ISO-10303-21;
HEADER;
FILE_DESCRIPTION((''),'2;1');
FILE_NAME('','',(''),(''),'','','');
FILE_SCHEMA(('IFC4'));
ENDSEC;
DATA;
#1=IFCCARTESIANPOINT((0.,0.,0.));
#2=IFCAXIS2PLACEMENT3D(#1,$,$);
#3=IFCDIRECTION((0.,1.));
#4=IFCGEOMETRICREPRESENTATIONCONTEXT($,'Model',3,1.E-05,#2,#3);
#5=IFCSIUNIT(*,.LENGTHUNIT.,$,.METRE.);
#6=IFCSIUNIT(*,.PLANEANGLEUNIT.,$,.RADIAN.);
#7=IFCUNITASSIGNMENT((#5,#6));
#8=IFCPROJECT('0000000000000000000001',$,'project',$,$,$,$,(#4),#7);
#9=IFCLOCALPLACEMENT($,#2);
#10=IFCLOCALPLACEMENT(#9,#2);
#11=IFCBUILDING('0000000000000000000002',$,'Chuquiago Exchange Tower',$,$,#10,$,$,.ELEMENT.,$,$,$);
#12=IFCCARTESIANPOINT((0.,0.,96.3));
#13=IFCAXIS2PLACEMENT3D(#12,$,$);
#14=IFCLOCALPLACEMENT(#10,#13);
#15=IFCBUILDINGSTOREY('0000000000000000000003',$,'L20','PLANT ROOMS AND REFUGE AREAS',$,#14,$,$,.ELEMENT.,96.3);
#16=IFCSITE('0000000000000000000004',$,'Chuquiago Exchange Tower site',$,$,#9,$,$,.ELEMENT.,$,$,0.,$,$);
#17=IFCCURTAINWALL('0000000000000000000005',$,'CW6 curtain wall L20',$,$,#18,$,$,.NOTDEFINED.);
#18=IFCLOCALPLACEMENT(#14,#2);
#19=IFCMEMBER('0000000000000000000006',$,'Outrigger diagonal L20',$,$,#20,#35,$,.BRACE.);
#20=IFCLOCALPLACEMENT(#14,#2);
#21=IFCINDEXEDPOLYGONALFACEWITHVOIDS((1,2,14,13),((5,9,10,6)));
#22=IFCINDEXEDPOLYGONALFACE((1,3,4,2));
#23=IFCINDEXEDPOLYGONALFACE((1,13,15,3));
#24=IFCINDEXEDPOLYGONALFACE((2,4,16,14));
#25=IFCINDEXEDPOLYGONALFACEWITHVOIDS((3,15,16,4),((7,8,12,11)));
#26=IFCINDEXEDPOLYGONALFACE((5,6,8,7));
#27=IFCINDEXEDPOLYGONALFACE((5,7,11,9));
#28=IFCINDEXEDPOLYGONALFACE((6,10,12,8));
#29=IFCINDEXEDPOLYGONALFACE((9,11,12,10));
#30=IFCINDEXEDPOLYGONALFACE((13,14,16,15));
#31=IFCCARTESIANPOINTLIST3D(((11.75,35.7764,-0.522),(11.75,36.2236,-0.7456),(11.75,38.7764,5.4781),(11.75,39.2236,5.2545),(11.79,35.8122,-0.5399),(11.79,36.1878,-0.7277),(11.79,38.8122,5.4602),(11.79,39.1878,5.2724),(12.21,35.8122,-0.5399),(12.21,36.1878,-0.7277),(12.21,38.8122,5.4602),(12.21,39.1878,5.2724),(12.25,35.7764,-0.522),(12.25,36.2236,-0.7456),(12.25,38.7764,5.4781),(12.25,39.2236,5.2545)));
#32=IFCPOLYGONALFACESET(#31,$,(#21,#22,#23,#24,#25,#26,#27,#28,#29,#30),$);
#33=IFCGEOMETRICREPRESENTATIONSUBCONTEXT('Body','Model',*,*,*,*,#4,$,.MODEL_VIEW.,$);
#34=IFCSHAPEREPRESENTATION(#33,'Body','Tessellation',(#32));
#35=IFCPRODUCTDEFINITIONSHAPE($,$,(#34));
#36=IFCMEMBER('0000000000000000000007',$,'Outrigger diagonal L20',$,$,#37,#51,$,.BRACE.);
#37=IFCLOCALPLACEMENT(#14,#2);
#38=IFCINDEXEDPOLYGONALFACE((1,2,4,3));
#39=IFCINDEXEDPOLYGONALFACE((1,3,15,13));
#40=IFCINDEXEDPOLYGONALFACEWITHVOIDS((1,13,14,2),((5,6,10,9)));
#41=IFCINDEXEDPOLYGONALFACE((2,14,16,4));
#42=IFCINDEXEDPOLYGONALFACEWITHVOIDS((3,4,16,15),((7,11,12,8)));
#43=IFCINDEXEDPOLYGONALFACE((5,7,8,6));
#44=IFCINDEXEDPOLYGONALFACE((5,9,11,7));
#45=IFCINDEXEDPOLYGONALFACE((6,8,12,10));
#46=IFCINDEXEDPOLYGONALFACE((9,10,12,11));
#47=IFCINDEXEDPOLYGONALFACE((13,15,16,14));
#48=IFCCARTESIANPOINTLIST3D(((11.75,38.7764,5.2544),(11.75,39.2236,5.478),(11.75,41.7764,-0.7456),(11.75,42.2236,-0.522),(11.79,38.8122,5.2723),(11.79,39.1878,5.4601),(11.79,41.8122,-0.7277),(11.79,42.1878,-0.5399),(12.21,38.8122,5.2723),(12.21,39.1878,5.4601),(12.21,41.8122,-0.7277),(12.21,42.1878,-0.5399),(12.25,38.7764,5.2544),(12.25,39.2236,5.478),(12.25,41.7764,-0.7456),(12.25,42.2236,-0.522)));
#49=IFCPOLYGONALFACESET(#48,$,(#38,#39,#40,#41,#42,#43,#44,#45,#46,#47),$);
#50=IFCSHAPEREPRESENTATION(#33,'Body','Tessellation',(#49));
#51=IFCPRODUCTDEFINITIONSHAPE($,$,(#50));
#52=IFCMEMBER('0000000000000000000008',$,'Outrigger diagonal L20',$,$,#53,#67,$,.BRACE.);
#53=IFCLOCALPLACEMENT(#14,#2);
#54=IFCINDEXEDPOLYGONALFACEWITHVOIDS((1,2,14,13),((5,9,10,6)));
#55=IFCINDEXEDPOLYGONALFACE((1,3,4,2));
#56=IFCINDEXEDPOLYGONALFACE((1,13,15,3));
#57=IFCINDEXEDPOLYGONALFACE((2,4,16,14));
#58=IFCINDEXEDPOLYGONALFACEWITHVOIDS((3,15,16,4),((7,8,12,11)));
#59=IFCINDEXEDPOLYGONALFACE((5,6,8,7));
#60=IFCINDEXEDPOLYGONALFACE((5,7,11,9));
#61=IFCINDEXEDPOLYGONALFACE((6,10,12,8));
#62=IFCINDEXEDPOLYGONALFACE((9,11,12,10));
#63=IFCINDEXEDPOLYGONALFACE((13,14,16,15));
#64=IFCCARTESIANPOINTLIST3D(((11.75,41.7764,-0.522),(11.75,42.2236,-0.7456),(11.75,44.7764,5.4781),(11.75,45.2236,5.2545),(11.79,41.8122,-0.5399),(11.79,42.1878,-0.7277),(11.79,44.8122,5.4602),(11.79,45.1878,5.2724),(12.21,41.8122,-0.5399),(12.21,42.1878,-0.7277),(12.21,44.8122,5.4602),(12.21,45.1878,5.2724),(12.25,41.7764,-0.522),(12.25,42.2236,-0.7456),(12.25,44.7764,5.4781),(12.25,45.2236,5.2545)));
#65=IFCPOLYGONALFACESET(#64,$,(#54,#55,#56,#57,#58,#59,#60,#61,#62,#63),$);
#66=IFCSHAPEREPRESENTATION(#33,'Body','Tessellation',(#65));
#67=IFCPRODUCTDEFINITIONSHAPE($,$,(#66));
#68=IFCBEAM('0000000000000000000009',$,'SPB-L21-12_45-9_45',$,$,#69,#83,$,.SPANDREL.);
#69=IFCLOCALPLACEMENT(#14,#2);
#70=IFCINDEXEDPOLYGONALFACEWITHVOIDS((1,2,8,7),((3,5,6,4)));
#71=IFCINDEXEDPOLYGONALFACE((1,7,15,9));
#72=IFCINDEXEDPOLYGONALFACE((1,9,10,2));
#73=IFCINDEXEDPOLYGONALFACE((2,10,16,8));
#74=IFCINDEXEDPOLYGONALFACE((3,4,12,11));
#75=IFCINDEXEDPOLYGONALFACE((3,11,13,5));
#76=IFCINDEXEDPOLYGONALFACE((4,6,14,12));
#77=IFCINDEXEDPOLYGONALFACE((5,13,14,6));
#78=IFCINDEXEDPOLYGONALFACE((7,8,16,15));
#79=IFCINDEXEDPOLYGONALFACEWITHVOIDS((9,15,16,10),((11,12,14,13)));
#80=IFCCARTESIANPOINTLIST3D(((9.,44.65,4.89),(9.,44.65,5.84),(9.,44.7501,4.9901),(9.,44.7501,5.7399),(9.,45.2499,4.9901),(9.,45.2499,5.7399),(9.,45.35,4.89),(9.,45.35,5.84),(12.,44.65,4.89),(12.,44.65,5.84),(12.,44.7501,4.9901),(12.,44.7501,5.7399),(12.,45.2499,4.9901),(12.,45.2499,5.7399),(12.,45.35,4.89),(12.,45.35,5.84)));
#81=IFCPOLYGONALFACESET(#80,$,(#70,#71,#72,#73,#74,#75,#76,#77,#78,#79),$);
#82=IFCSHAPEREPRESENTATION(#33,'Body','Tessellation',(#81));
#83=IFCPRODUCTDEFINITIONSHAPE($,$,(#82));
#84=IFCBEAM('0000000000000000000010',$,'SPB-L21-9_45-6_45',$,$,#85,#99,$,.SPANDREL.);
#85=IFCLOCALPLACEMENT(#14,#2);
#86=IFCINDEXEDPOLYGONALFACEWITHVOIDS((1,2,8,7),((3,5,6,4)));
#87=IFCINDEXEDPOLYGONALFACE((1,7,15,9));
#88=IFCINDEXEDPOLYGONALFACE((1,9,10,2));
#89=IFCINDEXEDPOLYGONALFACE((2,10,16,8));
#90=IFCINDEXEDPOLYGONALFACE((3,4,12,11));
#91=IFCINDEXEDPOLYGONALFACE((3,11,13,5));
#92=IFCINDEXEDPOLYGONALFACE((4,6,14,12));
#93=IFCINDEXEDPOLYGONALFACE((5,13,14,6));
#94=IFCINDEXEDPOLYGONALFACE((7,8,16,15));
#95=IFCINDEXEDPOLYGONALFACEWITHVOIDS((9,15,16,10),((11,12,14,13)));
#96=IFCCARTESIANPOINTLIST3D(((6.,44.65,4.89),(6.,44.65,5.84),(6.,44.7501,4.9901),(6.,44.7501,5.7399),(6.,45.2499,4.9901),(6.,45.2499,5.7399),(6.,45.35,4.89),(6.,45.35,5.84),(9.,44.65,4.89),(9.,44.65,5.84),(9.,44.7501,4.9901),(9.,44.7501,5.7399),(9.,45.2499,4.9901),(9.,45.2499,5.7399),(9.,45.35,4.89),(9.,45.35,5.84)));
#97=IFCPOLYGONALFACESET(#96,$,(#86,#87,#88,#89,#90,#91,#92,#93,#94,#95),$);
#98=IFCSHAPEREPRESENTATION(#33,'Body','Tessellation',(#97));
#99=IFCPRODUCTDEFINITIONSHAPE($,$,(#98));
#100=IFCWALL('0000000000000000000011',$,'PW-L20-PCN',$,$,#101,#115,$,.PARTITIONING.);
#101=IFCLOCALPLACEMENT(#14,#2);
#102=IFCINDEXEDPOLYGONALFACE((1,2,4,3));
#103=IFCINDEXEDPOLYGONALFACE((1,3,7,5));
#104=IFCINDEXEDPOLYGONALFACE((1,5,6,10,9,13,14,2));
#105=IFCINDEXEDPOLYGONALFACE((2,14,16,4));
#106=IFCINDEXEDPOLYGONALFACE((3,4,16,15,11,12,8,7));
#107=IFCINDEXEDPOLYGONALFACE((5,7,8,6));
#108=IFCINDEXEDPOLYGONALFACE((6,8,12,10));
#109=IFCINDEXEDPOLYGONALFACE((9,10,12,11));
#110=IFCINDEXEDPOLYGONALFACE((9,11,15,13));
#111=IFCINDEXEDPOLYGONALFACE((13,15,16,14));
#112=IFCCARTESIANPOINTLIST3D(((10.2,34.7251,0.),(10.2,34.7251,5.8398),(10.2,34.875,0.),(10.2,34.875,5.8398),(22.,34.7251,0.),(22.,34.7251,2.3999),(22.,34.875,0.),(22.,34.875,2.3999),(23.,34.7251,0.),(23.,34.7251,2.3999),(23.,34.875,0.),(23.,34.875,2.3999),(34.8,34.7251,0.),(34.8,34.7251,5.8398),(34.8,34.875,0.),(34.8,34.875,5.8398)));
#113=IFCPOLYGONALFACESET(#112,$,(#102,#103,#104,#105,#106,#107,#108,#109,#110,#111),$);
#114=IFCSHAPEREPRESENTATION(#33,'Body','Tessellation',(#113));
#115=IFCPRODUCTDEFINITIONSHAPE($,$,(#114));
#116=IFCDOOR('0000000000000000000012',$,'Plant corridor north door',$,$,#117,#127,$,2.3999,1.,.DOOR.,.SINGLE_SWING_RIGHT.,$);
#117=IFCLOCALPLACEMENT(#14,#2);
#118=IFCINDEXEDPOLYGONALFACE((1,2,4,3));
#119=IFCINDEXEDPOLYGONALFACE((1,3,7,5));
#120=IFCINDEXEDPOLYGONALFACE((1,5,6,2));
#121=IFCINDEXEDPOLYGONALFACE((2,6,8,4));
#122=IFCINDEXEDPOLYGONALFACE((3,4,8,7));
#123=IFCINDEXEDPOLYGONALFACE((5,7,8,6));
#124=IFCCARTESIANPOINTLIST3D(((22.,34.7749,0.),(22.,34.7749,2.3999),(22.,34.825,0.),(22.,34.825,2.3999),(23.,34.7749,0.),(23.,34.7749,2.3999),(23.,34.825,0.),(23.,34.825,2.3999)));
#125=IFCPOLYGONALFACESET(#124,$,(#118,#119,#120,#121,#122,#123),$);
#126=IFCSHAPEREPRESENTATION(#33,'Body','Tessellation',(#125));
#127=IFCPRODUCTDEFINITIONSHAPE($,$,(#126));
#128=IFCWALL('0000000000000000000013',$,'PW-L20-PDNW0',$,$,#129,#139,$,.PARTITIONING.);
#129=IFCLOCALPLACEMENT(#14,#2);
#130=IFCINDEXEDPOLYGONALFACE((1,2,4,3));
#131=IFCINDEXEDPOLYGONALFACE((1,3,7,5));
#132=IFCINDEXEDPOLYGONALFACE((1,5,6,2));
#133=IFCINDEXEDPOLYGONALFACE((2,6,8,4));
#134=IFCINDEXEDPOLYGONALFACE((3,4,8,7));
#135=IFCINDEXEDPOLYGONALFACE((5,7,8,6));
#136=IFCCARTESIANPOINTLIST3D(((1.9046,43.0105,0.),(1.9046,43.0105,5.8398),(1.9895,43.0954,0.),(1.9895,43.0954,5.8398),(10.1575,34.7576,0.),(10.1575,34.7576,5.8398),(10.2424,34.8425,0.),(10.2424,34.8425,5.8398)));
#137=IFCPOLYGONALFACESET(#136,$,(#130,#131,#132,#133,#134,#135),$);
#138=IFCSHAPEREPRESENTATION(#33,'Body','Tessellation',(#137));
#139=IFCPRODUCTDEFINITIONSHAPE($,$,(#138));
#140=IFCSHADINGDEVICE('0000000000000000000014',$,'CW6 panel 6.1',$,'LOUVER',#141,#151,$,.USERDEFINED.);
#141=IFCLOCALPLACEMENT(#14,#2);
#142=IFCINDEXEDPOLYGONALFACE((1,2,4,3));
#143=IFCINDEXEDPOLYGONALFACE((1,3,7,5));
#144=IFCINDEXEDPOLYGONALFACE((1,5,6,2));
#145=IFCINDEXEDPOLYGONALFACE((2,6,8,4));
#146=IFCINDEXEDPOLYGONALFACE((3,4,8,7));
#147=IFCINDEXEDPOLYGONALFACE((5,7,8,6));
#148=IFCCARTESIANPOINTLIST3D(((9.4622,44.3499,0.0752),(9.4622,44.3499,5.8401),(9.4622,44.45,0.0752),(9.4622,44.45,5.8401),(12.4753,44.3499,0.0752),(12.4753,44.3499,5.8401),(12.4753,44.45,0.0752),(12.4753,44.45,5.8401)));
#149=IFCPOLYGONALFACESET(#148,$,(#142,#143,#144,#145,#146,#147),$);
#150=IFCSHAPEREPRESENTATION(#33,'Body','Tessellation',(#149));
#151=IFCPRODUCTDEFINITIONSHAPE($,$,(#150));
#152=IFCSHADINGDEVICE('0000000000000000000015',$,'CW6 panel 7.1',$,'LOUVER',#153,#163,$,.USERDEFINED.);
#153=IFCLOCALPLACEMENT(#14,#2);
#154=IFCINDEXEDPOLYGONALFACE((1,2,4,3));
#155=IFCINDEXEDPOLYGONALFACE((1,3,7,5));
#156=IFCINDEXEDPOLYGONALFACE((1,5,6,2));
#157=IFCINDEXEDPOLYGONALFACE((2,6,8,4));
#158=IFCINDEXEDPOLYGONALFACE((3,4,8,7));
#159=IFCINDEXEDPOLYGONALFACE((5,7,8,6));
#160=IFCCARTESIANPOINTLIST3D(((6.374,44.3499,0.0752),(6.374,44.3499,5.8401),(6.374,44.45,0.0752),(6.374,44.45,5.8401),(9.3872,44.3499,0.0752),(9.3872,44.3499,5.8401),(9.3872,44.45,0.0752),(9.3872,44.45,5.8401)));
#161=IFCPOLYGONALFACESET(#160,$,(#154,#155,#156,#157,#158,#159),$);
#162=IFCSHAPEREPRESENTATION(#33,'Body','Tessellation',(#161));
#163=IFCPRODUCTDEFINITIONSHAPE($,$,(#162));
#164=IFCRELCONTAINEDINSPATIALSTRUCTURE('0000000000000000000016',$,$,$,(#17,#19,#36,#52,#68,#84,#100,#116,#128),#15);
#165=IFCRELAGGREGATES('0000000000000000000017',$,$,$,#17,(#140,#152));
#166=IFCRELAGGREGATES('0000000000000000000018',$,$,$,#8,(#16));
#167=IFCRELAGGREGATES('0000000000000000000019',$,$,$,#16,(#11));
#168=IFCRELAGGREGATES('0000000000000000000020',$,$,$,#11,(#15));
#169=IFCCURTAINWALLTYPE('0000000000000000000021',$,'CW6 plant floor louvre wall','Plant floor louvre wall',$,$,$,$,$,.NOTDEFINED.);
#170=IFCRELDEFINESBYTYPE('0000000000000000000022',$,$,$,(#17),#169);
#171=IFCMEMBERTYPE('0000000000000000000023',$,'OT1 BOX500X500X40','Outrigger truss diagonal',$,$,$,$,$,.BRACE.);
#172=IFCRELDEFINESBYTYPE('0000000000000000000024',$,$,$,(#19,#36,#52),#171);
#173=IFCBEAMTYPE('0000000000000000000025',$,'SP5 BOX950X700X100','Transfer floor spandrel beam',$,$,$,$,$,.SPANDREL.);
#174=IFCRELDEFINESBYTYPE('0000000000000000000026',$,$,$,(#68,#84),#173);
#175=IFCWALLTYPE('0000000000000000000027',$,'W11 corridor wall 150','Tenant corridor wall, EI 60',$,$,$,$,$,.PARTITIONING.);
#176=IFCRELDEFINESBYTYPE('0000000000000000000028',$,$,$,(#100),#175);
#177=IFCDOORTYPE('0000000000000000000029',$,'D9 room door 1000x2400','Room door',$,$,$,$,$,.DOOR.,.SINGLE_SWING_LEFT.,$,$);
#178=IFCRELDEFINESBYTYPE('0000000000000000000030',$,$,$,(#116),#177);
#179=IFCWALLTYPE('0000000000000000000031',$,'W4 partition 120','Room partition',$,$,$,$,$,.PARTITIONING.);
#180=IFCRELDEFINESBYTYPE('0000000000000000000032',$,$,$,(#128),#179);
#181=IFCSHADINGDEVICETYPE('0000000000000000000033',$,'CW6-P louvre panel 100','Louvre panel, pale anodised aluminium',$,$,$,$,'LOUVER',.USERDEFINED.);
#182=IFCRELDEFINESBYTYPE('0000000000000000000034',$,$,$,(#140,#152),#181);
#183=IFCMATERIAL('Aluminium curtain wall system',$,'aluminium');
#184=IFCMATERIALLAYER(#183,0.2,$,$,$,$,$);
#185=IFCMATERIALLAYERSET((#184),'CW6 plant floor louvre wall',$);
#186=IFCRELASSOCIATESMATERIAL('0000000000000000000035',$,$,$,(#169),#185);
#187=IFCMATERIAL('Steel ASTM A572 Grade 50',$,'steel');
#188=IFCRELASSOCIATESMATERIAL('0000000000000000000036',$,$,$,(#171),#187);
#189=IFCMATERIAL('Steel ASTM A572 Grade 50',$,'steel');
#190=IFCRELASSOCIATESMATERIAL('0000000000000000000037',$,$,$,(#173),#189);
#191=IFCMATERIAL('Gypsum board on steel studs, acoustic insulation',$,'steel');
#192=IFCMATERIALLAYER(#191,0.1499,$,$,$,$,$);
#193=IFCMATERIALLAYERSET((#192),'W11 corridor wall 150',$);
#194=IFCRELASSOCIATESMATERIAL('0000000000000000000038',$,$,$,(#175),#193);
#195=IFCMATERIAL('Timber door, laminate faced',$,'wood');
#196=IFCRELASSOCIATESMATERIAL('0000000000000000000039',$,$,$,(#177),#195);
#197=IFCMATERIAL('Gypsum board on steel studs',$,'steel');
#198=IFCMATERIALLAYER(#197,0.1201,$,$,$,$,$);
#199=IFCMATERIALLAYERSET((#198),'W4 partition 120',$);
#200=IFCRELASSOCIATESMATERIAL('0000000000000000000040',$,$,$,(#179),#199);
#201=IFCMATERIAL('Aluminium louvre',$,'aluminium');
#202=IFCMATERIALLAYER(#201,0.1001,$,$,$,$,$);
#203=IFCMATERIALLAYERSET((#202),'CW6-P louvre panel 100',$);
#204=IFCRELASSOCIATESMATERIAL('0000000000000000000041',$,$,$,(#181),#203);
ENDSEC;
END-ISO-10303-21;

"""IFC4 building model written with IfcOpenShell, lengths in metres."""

from ifc_helpers import new_model, si_unit, direction, frame, frame_2d, origin, origin_2d, place, context, subcontext, project, spatial, rectangle, hollow_rectangle, extrude, material, layer, layer_set, material_profile, profile_set, type_object, element, fill, aggregate, save


model = new_model("IFC4")

# Units and contexts
model_context = context("Model", 3, precision=1e-05, world=origin(), true_north=direction((0.0, 1.0)))
body_context = subcontext(model_context, "Body", "Model", "MODEL_VIEW")
ifc_project = project(units=[si_unit("LENGTHUNIT", "METRE"), si_unit("PLANEANGLEUNIT", "RADIAN")], contexts=[model_context])

# Site, building, storey
site_placement = place(None, origin())
site = spatial("IfcSite", under=ifc_project, at=site_placement, Name="Chuquiago Exchange Tower site", CompositionType="ELEMENT", RefElevation=0.0)
building_placement = place(site_placement, origin())
building = spatial("IfcBuilding", under=site, at=building_placement, Name="Chuquiago Exchange Tower", CompositionType="ELEMENT")
storey_placement = place(building_placement, frame((0.0, 0.0, 96.3)))
storey = spatial("IfcBuildingStorey", under=building, at=storey_placement, Name="L20", Description="PLANT ROOMS AND REFUGE AREAS", CompositionType="ELEMENT", Elevation=96.3)

# Curtain wall
ifc_material_1 = material(Name="Aluminium curtain wall system", Category="aluminium")
ifc_layer_1 = layer(ifc_material_1, 0.2)
ifc_layer_set_1 = layer_set([ifc_layer_1], Name="CW6 plant floor louvre wall")
curtain_wall_type = type_object("IfcCurtainWallType", Name="CW6 plant floor louvre wall", Description="Plant floor louvre wall", PredefinedType="NOTDEFINED", material=ifc_layer_set_1)
curtain_wall_placement = place(storey_placement, origin())
curtain_wall = element("IfcCurtainWall", 1, at=curtain_wall_placement, inside=storey, type_object=curtain_wall_type, Name="CW6 curtain wall L20", PredefinedType="NOTDEFINED")

# Members
ifc_material_2 = material(Name="Steel ASTM A572 Grade 50", Category="steel")
ifc_material_profile_1 = material_profile(ifc_material_2, hollow_rectangle(XDim=0.5, YDim=0.5, WallThickness=0.04, at=origin_2d()), Name="BOX500X500X40")
ifc_profile_set_1 = profile_set([ifc_material_profile_1], Name="Steel ASTM A572 Grade 50")
member_type_1 = type_object("IfcMemberType", Name="OT1 BOX500X500X40", Description="Outrigger truss diagonal", PredefinedType="BRACE", material=ifc_profile_set_1)
for number, where, z_axis, x_axis, name in (
    (2, (12.0, 36.0, -0.6338), (0.0, 0.447214, 0.894427), (-1.0, 0.0, 0.0), "Outrigger diagonal L20"),
    (3, (12.0, 39.0, 5.3662), (0.0, 0.447214, -0.894427), (-1.0, 0.0, 0.0), "Outrigger diagonal L20"),
    (4, (12.0, 42.0, -0.6338), (0.0, 0.447214, 0.894427), (-1.0, 0.0, 0.0), "Outrigger diagonal L20"),
):
    element("IfcMember", number, at=place(storey_placement, frame(where, z_axis=z_axis, x_axis=x_axis)), inside=storey, type_object=member_type_1, Name=name, PredefinedType="BRACE", context=body_context, shape_type="SweptSolid", body=[
        extrude(hollow_rectangle(XDim=0.5, YDim=0.5, WallThickness=0.04, at=origin_2d()), origin(), (0.0, 0.0, 1.0), 6.7083),
    ])

# Beams
ifc_material_3 = material(Name="Steel ASTM A572 Grade 50", Category="steel")
ifc_material_profile_2 = material_profile(ifc_material_3, hollow_rectangle(XDim=0.7, YDim=0.95, WallThickness=0.1001, at=origin_2d()), Name="BOX950X700X100")
ifc_profile_set_2 = profile_set([ifc_material_profile_2], Name="Steel ASTM A572 Grade 50")
beam_type_1 = type_object("IfcBeamType", Name="SP5 BOX950X700X100", Description="Transfer floor spandrel beam", PredefinedType="SPANDREL", material=ifc_profile_set_2)
for number, where, z_axis, x_axis, name in (
    (5, (12.0, 45.0, 5.365), (-1.0, 0.0, 0.0), (0.0, -1.0, 0.0), "SPB-L21-12_45-9_45"),
    (6, (9.0, 45.0, 5.365), (-1.0, 0.0, 0.0), (0.0, -1.0, 0.0), "SPB-L21-9_45-6_45"),
):
    element("IfcBeam", number, at=place(storey_placement, frame(where, z_axis=z_axis, x_axis=x_axis)), inside=storey, type_object=beam_type_1, Name=name, PredefinedType="SPANDREL", context=body_context, shape_type="SweptSolid", body=[
        extrude(hollow_rectangle(XDim=0.7, YDim=0.95, WallThickness=0.1001, at=origin_2d()), origin(), (0.0, 0.0, 1.0), 3.0),
    ])

# Wall, opening, door
ifc_material_4 = material(Name="Gypsum board on steel studs, acoustic insulation", Category="steel")
ifc_layer_2 = layer(ifc_material_4, 0.1499)
ifc_layer_set_2 = layer_set([ifc_layer_2], Name="W11 corridor wall 150")
wall_type_1 = type_object("IfcWallType", Name="W11 corridor wall 150", Description="Tenant corridor wall, EI 60", PredefinedType="PARTITIONING", material=ifc_layer_set_2)
wall_1_placement = place(storey_placement, frame((10.2, 34.8, 0.0), z_axis=(0.0, 0.0, 1.0), x_axis=(1.0, 0.0, 0.0)))
wall_1 = element("IfcWall", 7, at=wall_1_placement, inside=storey, type_object=wall_type_1, Name="PW-L20-PCN", PredefinedType="PARTITIONING", context=body_context, shape_type="SweptSolid", body=[
    extrude(rectangle(XDim=24.6001, YDim=0.1499, at=frame_2d((12.3, 0.0))), origin(), (0.0, 0.0, 1.0), 5.8398),
])
opening_placement = place(wall_1_placement, frame((11.8, 0.0, 0.0)))
opening = element("IfcOpeningElement", 8, at=opening_placement, cuts=wall_1, PredefinedType="OPENING", context=body_context, shape_type="SweptSolid", body=[
    extrude(rectangle(XDim=1.0, YDim=2.3999, at=frame_2d((0.5, 1.2))), frame((0.0, 0.085, 0.0), z_axis=(0.0, -1.0, 0.0), x_axis=(1.0, 0.0, 0.0)), (0.0, 0.0, 1.0), 0.1699),
])
ifc_material_5 = material(Name="Timber door, laminate faced", Category="wood")
door_type = type_object("IfcDoorType", Name="D9 room door 1000x2400", Description="Room door", OperationType="SINGLE_SWING_LEFT", PredefinedType="DOOR", material=ifc_material_5)
door_placement = place(opening_placement, origin())
door = element("IfcDoor", 9, at=door_placement, inside=storey, type_object=door_type, Name="Plant corridor north door", OperationType="SINGLE_SWING_RIGHT", OverallHeight=2.3999, OverallWidth=1.0, PredefinedType="DOOR", context=body_context, shape_type="SweptSolid", body=[
    extrude(rectangle(XDim=1.0, YDim=2.3999, at=frame_2d((0.5, 1.2))), frame((0.0, 0.0249, 0.0), z_axis=(0.0, -1.0, 0.0), x_axis=(1.0, 0.0, 0.0)), (0.0, 0.0, 1.0), 0.05),
])
fill(opening, door)

# Wall
ifc_material_6 = material(Name="Gypsum board on steel studs", Category="steel")
ifc_layer_3 = layer(ifc_material_6, 0.1201)
ifc_layer_set_3 = layer_set([ifc_layer_3], Name="W4 partition 120")
wall_type_2 = type_object("IfcWallType", Name="W4 partition 120", Description="Room partition", PredefinedType="PARTITIONING", material=ifc_layer_set_3)
wall_2_placement = place(storey_placement, frame((10.2, 34.8, 0.0), z_axis=(0.0, 0.0, 1.0), x_axis=(-0.707107, 0.707107, 0.0)))
element("IfcWall", 10, at=wall_2_placement, inside=storey, type_object=wall_type_2, Name="PW-L20-PDNW0", PredefinedType="PARTITIONING", context=body_context, shape_type="SweptSolid", body=[
    extrude(rectangle(XDim=11.6714, YDim=0.1201, at=frame_2d((5.8357, 0.0))), origin(), (0.0, 0.0, 1.0), 5.8398),
])

# Shading devices
ifc_material_7 = material(Name="Aluminium louvre", Category="aluminium")
ifc_layer_4 = layer(ifc_material_7, 0.1001)
ifc_layer_set_4 = layer_set([ifc_layer_4], Name="CW6-P louvre panel 100")
shading_device_type = type_object("IfcShadingDeviceType", Name="CW6-P louvre panel 100", Description="Louvre panel, pale anodised aluminium", ElementType="LOUVER", PredefinedType="USERDEFINED", material=ifc_layer_set_4)
shading_device_1_placement = place(storey_placement, frame((10.9688, 44.3999, 0.0752), z_axis=(0.0, 0.0, 1.0), x_axis=(-1.0, 0.0, 0.0)))
shading_device_1 = element("IfcShadingDevice", 11, at=shading_device_1_placement, type_object=shading_device_type, Name="CW6 panel 6.1", ObjectType="LOUVER", PredefinedType="USERDEFINED", context=body_context, shape_type="SweptSolid", body=[
    extrude(rectangle(XDim=3.0132, YDim=0.1001, at=origin_2d()), origin(), (0.0, 0.0, 1.0), 5.7649),
])
shading_device_2_placement = place(storey_placement, frame((7.8806, 44.3999, 0.0752), z_axis=(0.0, 0.0, 1.0), x_axis=(-1.0, 0.0, 0.0)))
shading_device_2 = element("IfcShadingDevice", 12, at=shading_device_2_placement, type_object=shading_device_type, Name="CW6 panel 7.1", ObjectType="LOUVER", PredefinedType="USERDEFINED", context=body_context, shape_type="SweptSolid", body=[
    extrude(rectangle(XDim=3.0132, YDim=0.1001, at=origin_2d()), origin(), (0.0, 0.0, 1.0), 5.7649),
])
aggregate(curtain_wall, [shading_device_1, shading_device_2])

save(model, "model.ifc")
